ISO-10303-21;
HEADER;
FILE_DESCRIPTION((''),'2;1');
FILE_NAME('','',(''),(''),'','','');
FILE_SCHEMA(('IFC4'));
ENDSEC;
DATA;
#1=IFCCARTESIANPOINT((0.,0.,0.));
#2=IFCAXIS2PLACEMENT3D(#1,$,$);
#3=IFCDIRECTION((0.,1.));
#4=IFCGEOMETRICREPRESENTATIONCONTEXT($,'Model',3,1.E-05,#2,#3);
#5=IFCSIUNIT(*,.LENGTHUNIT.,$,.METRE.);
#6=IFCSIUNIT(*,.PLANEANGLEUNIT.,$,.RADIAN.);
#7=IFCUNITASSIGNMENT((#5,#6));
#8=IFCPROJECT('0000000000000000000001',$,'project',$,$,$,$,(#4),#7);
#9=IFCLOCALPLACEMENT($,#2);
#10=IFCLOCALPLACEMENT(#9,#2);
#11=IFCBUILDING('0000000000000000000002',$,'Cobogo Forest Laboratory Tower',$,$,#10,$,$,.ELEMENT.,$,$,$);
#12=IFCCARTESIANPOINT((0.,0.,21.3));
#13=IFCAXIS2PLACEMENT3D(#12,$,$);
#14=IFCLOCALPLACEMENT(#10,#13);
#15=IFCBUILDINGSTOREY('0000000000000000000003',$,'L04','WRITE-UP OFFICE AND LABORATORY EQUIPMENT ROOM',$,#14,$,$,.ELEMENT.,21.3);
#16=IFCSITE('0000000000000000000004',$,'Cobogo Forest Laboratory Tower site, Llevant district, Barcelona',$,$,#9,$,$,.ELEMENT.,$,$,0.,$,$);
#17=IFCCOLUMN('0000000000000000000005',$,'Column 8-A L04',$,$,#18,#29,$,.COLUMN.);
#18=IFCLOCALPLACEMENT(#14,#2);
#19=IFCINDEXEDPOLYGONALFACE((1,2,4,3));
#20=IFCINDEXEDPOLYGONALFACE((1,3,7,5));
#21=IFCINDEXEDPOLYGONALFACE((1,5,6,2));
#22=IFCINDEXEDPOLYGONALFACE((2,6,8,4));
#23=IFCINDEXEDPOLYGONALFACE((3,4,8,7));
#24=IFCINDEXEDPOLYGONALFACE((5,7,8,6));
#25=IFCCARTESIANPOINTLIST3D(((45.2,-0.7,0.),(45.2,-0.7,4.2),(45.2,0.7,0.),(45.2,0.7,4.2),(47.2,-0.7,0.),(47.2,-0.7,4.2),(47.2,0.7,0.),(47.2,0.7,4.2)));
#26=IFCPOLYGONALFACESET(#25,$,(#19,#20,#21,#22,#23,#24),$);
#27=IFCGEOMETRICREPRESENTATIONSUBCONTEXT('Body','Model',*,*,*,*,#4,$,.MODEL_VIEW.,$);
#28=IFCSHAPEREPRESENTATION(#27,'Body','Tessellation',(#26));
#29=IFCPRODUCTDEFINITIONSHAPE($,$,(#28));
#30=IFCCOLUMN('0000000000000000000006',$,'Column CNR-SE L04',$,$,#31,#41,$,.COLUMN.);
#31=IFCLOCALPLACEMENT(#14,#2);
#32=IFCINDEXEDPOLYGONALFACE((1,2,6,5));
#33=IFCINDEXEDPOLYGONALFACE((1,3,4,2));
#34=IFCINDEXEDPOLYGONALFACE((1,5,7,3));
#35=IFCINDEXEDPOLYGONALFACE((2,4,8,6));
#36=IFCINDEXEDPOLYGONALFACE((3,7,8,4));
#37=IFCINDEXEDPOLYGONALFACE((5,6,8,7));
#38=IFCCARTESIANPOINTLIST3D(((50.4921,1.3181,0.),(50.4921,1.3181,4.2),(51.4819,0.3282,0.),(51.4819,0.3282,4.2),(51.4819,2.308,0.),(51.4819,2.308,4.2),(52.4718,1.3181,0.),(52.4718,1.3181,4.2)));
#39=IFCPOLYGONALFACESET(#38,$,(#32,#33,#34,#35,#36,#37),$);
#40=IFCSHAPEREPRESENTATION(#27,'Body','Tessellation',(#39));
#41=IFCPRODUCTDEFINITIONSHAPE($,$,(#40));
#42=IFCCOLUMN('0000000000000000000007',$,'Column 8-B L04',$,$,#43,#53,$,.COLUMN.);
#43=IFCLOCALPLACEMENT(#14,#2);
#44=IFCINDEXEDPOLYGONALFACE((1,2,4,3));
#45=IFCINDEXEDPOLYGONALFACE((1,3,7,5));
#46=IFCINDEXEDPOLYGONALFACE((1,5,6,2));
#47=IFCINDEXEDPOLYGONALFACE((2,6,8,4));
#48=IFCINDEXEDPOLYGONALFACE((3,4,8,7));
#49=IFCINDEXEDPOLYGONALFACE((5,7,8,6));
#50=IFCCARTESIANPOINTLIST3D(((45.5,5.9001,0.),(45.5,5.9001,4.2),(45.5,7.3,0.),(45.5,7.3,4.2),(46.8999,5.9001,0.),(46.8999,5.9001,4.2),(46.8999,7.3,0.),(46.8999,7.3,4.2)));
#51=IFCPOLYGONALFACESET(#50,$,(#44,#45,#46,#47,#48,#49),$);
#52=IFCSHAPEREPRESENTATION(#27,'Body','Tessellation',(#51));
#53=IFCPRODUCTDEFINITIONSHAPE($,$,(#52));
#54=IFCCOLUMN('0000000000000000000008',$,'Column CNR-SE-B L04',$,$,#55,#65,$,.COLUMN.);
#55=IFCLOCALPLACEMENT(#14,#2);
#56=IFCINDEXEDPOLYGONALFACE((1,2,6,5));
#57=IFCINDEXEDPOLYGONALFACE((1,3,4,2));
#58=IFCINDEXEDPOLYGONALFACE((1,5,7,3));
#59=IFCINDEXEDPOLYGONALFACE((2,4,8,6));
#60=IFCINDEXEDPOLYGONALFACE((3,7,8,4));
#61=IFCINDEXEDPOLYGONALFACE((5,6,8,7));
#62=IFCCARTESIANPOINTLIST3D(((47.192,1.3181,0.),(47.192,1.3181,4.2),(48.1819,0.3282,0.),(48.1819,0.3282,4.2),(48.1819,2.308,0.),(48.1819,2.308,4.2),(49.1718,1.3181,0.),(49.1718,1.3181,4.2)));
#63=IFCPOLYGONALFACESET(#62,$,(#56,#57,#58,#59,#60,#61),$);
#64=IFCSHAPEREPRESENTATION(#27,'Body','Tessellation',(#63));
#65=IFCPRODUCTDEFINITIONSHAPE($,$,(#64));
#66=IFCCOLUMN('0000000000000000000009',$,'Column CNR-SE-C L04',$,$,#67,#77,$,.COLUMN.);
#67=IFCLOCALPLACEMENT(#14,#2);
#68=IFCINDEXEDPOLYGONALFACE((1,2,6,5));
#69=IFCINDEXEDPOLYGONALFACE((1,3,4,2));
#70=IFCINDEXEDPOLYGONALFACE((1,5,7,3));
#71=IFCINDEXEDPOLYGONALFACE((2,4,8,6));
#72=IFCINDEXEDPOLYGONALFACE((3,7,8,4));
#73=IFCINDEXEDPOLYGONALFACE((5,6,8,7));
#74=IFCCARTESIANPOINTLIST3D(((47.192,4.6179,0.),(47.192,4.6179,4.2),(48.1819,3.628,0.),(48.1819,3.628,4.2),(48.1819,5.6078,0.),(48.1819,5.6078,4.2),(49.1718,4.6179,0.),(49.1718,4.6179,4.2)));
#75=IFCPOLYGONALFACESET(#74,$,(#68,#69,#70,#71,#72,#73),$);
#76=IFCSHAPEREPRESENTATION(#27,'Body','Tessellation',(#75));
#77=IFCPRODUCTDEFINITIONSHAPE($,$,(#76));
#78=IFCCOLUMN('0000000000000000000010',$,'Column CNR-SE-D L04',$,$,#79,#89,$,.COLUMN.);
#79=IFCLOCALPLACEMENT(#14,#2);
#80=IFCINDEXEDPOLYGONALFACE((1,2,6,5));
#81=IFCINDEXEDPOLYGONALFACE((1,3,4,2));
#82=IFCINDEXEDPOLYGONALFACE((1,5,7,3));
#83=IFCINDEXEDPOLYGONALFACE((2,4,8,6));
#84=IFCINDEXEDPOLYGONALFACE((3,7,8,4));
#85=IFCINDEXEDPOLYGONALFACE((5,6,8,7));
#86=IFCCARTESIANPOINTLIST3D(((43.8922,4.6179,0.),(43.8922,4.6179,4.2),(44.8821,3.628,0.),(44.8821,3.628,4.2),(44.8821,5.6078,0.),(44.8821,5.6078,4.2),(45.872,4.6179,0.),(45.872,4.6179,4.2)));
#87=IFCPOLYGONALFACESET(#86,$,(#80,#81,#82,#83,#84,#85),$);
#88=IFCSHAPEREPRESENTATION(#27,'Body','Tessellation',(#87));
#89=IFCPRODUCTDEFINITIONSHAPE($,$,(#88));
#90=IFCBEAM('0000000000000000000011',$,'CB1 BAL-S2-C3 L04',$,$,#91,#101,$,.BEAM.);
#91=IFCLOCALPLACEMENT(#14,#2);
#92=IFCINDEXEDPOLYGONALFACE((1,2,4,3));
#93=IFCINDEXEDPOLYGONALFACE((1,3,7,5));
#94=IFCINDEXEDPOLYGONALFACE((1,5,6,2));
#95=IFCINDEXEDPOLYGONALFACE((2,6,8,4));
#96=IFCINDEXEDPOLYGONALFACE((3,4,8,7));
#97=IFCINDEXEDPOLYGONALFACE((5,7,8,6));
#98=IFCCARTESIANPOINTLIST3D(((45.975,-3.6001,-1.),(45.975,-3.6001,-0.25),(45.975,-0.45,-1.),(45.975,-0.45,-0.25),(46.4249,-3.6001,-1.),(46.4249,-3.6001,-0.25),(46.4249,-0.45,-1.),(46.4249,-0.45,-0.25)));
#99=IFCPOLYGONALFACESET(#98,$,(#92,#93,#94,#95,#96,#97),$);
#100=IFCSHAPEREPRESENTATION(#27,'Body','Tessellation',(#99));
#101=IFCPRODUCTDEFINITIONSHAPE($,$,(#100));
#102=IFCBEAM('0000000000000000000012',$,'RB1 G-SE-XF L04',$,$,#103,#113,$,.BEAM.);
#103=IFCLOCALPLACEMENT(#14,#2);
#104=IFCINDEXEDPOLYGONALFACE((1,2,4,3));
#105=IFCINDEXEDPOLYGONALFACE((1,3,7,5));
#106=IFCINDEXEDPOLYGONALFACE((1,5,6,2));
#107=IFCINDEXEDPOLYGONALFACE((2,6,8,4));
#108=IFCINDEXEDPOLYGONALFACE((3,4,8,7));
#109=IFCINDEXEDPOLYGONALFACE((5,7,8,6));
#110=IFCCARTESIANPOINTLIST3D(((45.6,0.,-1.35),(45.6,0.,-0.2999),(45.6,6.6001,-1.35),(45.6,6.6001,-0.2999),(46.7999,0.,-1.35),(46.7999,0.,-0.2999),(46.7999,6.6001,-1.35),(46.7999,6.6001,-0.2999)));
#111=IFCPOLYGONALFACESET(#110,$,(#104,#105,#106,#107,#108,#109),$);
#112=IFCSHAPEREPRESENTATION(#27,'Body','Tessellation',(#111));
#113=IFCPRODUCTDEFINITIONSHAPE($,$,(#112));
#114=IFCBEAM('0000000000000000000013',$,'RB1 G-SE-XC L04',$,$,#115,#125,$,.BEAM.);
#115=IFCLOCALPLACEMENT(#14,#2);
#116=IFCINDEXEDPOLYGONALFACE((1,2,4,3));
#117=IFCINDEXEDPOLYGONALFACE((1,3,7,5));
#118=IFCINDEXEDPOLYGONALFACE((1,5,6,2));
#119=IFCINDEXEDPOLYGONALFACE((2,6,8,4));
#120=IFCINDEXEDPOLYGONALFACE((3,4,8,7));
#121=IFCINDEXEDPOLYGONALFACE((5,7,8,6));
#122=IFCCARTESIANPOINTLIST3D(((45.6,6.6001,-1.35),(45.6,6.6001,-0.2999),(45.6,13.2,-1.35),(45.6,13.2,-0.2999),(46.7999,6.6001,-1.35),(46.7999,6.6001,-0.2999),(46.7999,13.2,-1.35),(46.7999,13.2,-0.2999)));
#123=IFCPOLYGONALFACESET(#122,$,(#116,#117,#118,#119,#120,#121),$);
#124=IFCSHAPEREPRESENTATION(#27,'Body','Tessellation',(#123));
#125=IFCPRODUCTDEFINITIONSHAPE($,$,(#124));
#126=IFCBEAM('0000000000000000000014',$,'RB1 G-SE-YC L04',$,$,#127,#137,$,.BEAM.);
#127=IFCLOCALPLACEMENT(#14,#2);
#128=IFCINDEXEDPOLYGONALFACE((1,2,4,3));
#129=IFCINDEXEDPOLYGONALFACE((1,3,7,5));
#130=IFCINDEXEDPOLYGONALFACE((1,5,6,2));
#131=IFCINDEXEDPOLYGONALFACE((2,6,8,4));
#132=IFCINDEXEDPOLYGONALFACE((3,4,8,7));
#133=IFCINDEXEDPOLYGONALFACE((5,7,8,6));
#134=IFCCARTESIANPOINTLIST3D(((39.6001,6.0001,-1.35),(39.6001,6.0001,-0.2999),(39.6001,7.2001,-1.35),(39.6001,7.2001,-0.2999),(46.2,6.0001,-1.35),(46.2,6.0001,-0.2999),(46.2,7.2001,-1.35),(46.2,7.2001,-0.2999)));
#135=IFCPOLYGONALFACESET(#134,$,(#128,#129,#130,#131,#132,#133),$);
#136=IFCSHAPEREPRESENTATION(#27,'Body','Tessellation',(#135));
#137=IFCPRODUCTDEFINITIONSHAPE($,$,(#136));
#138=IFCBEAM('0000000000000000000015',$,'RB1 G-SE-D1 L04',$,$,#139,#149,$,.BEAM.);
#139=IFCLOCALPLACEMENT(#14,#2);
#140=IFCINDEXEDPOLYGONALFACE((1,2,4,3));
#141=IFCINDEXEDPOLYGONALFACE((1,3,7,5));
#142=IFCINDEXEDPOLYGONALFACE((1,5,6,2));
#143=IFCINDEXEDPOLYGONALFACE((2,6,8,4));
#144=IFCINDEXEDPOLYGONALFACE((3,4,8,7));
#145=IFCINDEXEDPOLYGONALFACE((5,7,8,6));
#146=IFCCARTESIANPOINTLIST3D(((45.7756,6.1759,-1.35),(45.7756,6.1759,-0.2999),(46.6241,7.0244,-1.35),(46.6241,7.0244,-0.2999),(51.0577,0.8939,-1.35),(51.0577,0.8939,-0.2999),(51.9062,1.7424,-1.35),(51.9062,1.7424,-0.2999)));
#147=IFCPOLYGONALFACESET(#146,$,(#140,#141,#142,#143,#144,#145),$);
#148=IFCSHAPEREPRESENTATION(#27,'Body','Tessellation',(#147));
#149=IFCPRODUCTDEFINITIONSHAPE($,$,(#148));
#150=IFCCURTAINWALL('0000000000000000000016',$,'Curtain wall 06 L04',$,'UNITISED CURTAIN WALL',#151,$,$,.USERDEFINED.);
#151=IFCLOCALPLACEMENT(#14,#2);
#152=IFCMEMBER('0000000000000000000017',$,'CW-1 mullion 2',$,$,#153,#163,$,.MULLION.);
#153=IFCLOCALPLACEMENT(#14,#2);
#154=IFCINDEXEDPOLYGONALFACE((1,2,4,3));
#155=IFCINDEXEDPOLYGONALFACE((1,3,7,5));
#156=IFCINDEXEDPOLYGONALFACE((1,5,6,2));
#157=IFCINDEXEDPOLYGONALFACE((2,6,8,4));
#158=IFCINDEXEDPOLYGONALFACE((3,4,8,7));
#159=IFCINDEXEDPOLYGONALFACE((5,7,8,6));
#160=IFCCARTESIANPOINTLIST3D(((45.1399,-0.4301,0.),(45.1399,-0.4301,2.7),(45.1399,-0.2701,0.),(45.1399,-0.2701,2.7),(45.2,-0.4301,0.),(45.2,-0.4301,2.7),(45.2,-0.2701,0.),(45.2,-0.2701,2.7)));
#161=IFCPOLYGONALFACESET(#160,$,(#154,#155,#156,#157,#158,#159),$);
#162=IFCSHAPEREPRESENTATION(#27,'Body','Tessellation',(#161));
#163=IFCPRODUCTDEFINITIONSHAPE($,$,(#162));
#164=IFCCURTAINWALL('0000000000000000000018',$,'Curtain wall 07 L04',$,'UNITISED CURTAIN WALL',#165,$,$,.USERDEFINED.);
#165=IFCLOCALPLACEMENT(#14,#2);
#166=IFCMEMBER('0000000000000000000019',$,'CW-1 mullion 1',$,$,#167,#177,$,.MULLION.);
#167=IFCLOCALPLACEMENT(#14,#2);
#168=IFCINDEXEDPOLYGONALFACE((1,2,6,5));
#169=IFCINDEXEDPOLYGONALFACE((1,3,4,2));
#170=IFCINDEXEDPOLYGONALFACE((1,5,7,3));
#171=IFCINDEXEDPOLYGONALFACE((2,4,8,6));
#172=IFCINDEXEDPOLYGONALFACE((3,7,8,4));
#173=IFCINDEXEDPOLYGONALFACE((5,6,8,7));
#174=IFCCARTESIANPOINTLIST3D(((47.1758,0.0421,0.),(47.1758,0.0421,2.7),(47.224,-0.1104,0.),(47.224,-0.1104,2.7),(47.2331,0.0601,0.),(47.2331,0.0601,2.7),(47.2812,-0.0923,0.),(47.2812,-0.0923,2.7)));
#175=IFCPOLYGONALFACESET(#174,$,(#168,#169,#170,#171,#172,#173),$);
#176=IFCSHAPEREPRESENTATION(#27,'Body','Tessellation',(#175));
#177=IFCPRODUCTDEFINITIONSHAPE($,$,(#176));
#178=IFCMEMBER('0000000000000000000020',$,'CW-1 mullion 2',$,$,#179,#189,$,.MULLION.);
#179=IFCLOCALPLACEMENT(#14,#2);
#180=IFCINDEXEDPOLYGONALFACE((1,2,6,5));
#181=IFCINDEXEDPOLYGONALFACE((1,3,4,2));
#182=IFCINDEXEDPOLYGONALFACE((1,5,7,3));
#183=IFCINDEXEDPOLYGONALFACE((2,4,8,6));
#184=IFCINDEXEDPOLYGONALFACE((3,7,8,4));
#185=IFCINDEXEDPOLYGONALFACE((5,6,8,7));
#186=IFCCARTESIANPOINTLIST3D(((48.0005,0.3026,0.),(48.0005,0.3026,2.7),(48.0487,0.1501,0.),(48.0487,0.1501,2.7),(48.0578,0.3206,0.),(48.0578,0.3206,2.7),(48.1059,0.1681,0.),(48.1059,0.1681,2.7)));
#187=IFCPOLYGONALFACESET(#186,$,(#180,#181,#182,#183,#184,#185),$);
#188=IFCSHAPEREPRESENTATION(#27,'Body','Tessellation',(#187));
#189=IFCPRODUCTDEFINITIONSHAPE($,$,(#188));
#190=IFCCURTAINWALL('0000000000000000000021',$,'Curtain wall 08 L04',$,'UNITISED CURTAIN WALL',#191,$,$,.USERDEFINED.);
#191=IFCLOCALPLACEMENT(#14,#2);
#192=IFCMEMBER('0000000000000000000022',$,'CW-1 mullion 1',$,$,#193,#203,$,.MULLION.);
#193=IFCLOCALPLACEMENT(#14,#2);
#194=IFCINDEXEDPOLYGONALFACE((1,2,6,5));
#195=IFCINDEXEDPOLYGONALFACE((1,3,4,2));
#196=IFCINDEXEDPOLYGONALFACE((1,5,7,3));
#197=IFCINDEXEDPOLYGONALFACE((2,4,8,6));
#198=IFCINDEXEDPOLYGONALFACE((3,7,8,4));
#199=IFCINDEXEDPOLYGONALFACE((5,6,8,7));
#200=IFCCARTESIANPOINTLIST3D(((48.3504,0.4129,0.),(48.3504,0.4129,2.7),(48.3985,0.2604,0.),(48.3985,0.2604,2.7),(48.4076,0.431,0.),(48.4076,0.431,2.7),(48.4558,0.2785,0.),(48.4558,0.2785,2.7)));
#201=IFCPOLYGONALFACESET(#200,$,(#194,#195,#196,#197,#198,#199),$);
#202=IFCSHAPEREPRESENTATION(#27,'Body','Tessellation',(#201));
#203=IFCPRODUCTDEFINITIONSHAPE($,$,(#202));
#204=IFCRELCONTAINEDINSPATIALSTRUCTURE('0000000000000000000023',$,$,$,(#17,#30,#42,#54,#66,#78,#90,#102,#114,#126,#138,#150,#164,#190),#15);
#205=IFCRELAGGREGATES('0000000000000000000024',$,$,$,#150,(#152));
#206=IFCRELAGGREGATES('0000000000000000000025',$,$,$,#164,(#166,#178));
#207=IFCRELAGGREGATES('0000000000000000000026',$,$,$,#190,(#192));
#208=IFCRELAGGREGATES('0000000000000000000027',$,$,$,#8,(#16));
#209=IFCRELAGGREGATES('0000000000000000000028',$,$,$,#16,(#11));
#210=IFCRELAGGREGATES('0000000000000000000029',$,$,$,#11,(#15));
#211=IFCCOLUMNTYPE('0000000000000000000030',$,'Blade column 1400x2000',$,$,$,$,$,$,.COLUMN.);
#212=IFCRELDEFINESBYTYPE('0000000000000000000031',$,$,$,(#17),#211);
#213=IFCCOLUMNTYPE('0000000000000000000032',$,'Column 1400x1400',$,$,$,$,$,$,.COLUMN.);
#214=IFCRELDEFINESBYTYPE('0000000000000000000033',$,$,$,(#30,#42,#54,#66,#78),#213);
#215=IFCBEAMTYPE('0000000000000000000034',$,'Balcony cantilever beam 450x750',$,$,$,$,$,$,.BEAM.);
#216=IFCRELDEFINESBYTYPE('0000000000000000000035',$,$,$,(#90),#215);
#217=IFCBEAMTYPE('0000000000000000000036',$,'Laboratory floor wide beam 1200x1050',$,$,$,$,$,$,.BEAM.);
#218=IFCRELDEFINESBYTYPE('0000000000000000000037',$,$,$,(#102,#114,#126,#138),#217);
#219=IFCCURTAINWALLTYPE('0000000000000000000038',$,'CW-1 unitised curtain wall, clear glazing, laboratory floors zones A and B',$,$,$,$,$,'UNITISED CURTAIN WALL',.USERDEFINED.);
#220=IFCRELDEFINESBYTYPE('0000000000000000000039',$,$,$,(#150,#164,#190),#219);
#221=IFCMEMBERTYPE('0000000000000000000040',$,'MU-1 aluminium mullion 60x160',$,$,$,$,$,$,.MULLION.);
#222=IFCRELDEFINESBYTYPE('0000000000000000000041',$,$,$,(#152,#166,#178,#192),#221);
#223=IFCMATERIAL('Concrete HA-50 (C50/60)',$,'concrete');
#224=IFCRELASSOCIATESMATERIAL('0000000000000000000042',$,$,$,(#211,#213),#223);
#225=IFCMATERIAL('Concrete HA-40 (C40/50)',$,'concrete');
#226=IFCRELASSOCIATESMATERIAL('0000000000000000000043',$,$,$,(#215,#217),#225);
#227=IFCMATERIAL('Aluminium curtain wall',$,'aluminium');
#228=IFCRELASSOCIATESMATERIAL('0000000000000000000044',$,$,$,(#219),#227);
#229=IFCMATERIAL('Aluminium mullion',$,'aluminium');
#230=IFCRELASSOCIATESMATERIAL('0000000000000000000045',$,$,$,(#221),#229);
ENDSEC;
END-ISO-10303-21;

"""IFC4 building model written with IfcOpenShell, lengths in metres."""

from ifc_helpers import new_model, si_unit, direction, frame, origin, origin_2d, place, context, subcontext, project, spatial, rectangle, extrude, material, material_profile, profile_set, type_object, element, aggregate, save


model = new_model("IFC4")

# Units and contexts
model_context = context("Model", 3, precision=1e-05, world=origin(), true_north=direction((0.0, 1.0)))
body_context = subcontext(model_context, "Body", "Model", "MODEL_VIEW")
ifc_project = project(units=[si_unit("LENGTHUNIT", "METRE"), si_unit("PLANEANGLEUNIT", "RADIAN")], contexts=[model_context])

# Site, building, storey
site_placement = place(None, origin())
site = spatial("IfcSite", under=ifc_project, at=site_placement, Name="Cobogo Forest Laboratory Tower site, Llevant district, Barcelona", CompositionType="ELEMENT", RefElevation=0.0)
building_placement = place(site_placement, origin())
building = spatial("IfcBuilding", under=site, at=building_placement, Name="Cobogo Forest Laboratory Tower", CompositionType="ELEMENT")
storey_placement = place(building_placement, frame((0.0, 0.0, 21.3)))
storey = spatial("IfcBuildingStorey", under=building, at=storey_placement, Name="L04", Description="WRITE-UP OFFICE AND LABORATORY EQUIPMENT ROOM", CompositionType="ELEMENT", Elevation=21.3)

# Columns
ifc_material_1 = material(Name="Concrete HA-50 (C50/60)", Category="concrete")
ifc_material_profile_1 = material_profile(ifc_material_1, rectangle(XDim=2.0, YDim=1.3999, at=origin_2d()), Name="RC 1400x2000")
ifc_profile_set_1 = profile_set([ifc_material_profile_1], Name="Concrete HA-50 (C50/60)")
column_type_1 = type_object("IfcColumnType", Name="Blade column 1400x2000", PredefinedType="COLUMN", material=ifc_profile_set_1)
column_placement = place(storey_placement, frame((46.2, 0.0, 0.0), z_axis=(0.0, 0.0, 1.0), x_axis=(1.0, 0.0, 0.0)))
element("IfcColumn", 1, at=column_placement, inside=storey, type_object=column_type_1, Name="Column 8-A L04", PredefinedType="COLUMN", context=body_context, shape_type="SweptSolid", body=[
    extrude(rectangle(XDim=2.0, YDim=1.3999, at=origin_2d()), origin(), (0.0, 0.0, 1.0), 4.2),
])
ifc_material_profile_2 = material_profile(ifc_material_1, rectangle(XDim=1.3999, YDim=1.3999, at=origin_2d()), Name="RC 1400x1400")
ifc_profile_set_2 = profile_set([ifc_material_profile_2], Name="Concrete HA-50 (C50/60)")
column_type_2 = type_object("IfcColumnType", Name="Column 1400x1400", PredefinedType="COLUMN", material=ifc_profile_set_2)
for number, where, z_axis, x_axis, name in (
    (2, (51.4819, 1.3181, 0.0), (0.0, 0.0, 1.0), (0.707107, 0.707107, 0.0), "Column CNR-SE L04"),
    (3, (46.2, 6.6001, 0.0), (0.0, 0.0, 1.0), (1.0, 0.0, 0.0), "Column 8-B L04"),
    (4, (48.1819, 1.3181, 0.0), (0.0, 0.0, 1.0), (0.707107, 0.707107, 0.0), "Column CNR-SE-B L04"),
    (5, (48.1819, 4.6179, 0.0), (0.0, 0.0, 1.0), (0.707107, 0.707107, 0.0), "Column CNR-SE-C L04"),
    (6, (44.8821, 4.6179, 0.0), (0.0, 0.0, 1.0), (0.707107, 0.707107, 0.0), "Column CNR-SE-D L04"),
):
    element("IfcColumn", number, at=place(storey_placement, frame(where, z_axis=z_axis, x_axis=x_axis)), inside=storey, type_object=column_type_2, Name=name, PredefinedType="COLUMN", context=body_context, shape_type="SweptSolid", body=[
        extrude(rectangle(XDim=1.3999, YDim=1.3999, at=origin_2d()), origin(), (0.0, 0.0, 1.0), 4.2),
    ])

# Beams
ifc_material_2 = material(Name="Concrete HA-40 (C40/50)", Category="concrete")
ifc_material_profile_3 = material_profile(ifc_material_2, rectangle(XDim=0.45, YDim=0.75, at=origin_2d()), Name="RC 450x750")
ifc_profile_set_3 = profile_set([ifc_material_profile_3], Name="Concrete HA-40 (C40/50)")
beam_type_1 = type_object("IfcBeamType", Name="Balcony cantilever beam 450x750", PredefinedType="BEAM", material=ifc_profile_set_3)
beam_1_placement = place(storey_placement, frame((46.2, -0.45, -0.625), z_axis=(0.0, -1.0, 0.0), x_axis=(1.0, 0.0, 0.0)))
element("IfcBeam", 7, at=beam_1_placement, inside=storey, type_object=beam_type_1, Name="CB1 BAL-S2-C3 L04", PredefinedType="BEAM", context=body_context, shape_type="SweptSolid", body=[
    extrude(rectangle(XDim=0.45, YDim=0.75, at=origin_2d()), origin(), (0.0, 0.0, 1.0), 3.1501),
])
ifc_material_profile_4 = material_profile(ifc_material_2, rectangle(XDim=1.2, YDim=1.05, at=origin_2d()), Name="RC 1200x1050")
ifc_profile_set_4 = profile_set([ifc_material_profile_4], Name="Concrete HA-40 (C40/50)")
beam_type_2 = type_object("IfcBeamType", Name="Laboratory floor wide beam 1200x1050", PredefinedType="BEAM", material=ifc_profile_set_4)
beam_2_placement = place(storey_placement, frame((46.2, 0.0, -0.825), z_axis=(0.0, 1.0, 0.0), x_axis=(-1.0, 0.0, 0.0)))
element("IfcBeam", 8, at=beam_2_placement, inside=storey, type_object=beam_type_2, Name="RB1 G-SE-XF L04", PredefinedType="BEAM", context=body_context, shape_type="SweptSolid", body=[
    extrude(rectangle(XDim=1.2, YDim=1.05, at=origin_2d()), origin(), (0.0, 0.0, 1.0), 6.6001),
])
for number, where, z_axis, x_axis, name in (
    (9, (46.2, 6.6001, -0.825), (0.0, 1.0, 0.0), (-1.0, 0.0, 0.0), "RB1 G-SE-XC L04"),
    (10, (46.2, 6.6001, -0.825), (-1.0, 0.0, 0.0), (0.0, -1.0, 0.0), "RB1 G-SE-YC L04"),
):
    element("IfcBeam", number, at=place(storey_placement, frame(where, z_axis=z_axis, x_axis=x_axis)), inside=storey, type_object=beam_type_2, Name=name, PredefinedType="BEAM", context=body_context, shape_type="SweptSolid", body=[
        extrude(rectangle(XDim=1.2, YDim=1.05, at=origin_2d()), origin(), (0.0, 0.0, 1.0), 6.5999),
    ])
beam_3_placement = place(storey_placement, frame((51.4819, 1.3181, -0.825), z_axis=(-0.707107, 0.707107, 0.0), x_axis=(-0.707107, -0.707107, 0.0)))
element("IfcBeam", 11, at=beam_3_placement, inside=storey, type_object=beam_type_2, Name="RB1 G-SE-D1 L04", PredefinedType="BEAM", context=body_context, shape_type="SweptSolid", body=[
    extrude(rectangle(XDim=1.2, YDim=1.05, at=origin_2d()), origin(), (0.0, 0.0, 1.0), 7.47),
])

# Curtain wall, member
ifc_material_3 = material(Name="Aluminium curtain wall", Category="aluminium")
curtain_wall_type = type_object("IfcCurtainWallType", Name="CW-1 unitised curtain wall, clear glazing, laboratory floors zones A and B", ElementType="UNITISED CURTAIN WALL", PredefinedType="USERDEFINED", material=ifc_material_3)
curtain_wall_1_placement = place(storey_placement, origin())
curtain_wall_1 = element("IfcCurtainWall", 12, at=curtain_wall_1_placement, inside=storey, type_object=curtain_wall_type, Name="Curtain wall 06 L04", ObjectType="UNITISED CURTAIN WALL", PredefinedType="USERDEFINED")
ifc_material_4 = material(Name="Aluminium mullion", Category="aluminium")
ifc_material_profile_5 = material_profile(ifc_material_4, rectangle(XDim=0.0601, YDim=0.1599, at=origin_2d()), Name="AL 60x160")
ifc_profile_set_5 = profile_set([ifc_material_profile_5], Name="Aluminium mullion")
member_type_1 = type_object("IfcMemberType", Name="MU-1 aluminium mullion 60x160", PredefinedType="MULLION", material=ifc_profile_set_5)
member_1_placement = place(storey_placement, frame((45.1699, -0.3501, 0.0), z_axis=(0.0, 0.0, 1.0), x_axis=(1.0, 0.0, 0.0)))
member_1 = element("IfcMember", 13, at=member_1_placement, type_object=member_type_1, Name="CW-1 mullion 2", PredefinedType="MULLION", context=body_context, shape_type="SweptSolid", body=[
    extrude(rectangle(XDim=0.0601, YDim=0.1599, at=origin_2d()), origin(), (0.0, 0.0, 1.0), 2.7),
])

# Curtain walls, members
curtain_wall_2_placement = place(storey_placement, origin())
curtain_wall_2 = element("IfcCurtainWall", 14, at=curtain_wall_2_placement, inside=storey, type_object=curtain_wall_type, Name="Curtain wall 07 L04", ObjectType="UNITISED CURTAIN WALL", PredefinedType="USERDEFINED")
member_2_placement = place(storey_placement, frame((47.2285, -0.0251, 0.0), z_axis=(0.0, 0.0, 1.0), x_axis=(0.953581, 0.301135, 0.0)))
member_2 = element("IfcMember", 15, at=member_2_placement, type_object=member_type_1, Name="CW-1 mullion 1", PredefinedType="MULLION", context=body_context, shape_type="SweptSolid", body=[
    extrude(rectangle(XDim=0.0601, YDim=0.1599, at=origin_2d()), origin(), (0.0, 0.0, 1.0), 2.7),
])
member_3_placement = place(storey_placement, frame((48.0532, 0.2354, 0.0), z_axis=(0.0, 0.0, 1.0), x_axis=(0.953581, 0.301135, 0.0)))
member_3 = element("IfcMember", 16, at=member_3_placement, type_object=member_type_1, Name="CW-1 mullion 2", PredefinedType="MULLION", context=body_context, shape_type="SweptSolid", body=[
    extrude(rectangle(XDim=0.0601, YDim=0.1599, at=origin_2d()), origin(), (0.0, 0.0, 1.0), 2.7),
])
curtain_wall_3_placement = place(storey_placement, origin())
curtain_wall_3 = element("IfcCurtainWall", 17, at=curtain_wall_3_placement, inside=storey, type_object=curtain_wall_type, Name="Curtain wall 08 L04", ObjectType="UNITISED CURTAIN WALL", PredefinedType="USERDEFINED")
member_4_placement = place(storey_placement, frame((48.4031, 0.3457, 0.0), z_axis=(0.0, 0.0, 1.0), x_axis=(0.953581, 0.301135, 0.0)))
member_4 = element("IfcMember", 18, at=member_4_placement, type_object=member_type_1, Name="CW-1 mullion 1", PredefinedType="MULLION", context=body_context, shape_type="SweptSolid", body=[
    extrude(rectangle(XDim=0.0601, YDim=0.1599, at=origin_2d()), origin(), (0.0, 0.0, 1.0), 2.7),
])

aggregate(curtain_wall_1, [member_1])
aggregate(curtain_wall_2, [member_2, member_3])
aggregate(curtain_wall_3, [member_4])

save(model, "model.ifc")
